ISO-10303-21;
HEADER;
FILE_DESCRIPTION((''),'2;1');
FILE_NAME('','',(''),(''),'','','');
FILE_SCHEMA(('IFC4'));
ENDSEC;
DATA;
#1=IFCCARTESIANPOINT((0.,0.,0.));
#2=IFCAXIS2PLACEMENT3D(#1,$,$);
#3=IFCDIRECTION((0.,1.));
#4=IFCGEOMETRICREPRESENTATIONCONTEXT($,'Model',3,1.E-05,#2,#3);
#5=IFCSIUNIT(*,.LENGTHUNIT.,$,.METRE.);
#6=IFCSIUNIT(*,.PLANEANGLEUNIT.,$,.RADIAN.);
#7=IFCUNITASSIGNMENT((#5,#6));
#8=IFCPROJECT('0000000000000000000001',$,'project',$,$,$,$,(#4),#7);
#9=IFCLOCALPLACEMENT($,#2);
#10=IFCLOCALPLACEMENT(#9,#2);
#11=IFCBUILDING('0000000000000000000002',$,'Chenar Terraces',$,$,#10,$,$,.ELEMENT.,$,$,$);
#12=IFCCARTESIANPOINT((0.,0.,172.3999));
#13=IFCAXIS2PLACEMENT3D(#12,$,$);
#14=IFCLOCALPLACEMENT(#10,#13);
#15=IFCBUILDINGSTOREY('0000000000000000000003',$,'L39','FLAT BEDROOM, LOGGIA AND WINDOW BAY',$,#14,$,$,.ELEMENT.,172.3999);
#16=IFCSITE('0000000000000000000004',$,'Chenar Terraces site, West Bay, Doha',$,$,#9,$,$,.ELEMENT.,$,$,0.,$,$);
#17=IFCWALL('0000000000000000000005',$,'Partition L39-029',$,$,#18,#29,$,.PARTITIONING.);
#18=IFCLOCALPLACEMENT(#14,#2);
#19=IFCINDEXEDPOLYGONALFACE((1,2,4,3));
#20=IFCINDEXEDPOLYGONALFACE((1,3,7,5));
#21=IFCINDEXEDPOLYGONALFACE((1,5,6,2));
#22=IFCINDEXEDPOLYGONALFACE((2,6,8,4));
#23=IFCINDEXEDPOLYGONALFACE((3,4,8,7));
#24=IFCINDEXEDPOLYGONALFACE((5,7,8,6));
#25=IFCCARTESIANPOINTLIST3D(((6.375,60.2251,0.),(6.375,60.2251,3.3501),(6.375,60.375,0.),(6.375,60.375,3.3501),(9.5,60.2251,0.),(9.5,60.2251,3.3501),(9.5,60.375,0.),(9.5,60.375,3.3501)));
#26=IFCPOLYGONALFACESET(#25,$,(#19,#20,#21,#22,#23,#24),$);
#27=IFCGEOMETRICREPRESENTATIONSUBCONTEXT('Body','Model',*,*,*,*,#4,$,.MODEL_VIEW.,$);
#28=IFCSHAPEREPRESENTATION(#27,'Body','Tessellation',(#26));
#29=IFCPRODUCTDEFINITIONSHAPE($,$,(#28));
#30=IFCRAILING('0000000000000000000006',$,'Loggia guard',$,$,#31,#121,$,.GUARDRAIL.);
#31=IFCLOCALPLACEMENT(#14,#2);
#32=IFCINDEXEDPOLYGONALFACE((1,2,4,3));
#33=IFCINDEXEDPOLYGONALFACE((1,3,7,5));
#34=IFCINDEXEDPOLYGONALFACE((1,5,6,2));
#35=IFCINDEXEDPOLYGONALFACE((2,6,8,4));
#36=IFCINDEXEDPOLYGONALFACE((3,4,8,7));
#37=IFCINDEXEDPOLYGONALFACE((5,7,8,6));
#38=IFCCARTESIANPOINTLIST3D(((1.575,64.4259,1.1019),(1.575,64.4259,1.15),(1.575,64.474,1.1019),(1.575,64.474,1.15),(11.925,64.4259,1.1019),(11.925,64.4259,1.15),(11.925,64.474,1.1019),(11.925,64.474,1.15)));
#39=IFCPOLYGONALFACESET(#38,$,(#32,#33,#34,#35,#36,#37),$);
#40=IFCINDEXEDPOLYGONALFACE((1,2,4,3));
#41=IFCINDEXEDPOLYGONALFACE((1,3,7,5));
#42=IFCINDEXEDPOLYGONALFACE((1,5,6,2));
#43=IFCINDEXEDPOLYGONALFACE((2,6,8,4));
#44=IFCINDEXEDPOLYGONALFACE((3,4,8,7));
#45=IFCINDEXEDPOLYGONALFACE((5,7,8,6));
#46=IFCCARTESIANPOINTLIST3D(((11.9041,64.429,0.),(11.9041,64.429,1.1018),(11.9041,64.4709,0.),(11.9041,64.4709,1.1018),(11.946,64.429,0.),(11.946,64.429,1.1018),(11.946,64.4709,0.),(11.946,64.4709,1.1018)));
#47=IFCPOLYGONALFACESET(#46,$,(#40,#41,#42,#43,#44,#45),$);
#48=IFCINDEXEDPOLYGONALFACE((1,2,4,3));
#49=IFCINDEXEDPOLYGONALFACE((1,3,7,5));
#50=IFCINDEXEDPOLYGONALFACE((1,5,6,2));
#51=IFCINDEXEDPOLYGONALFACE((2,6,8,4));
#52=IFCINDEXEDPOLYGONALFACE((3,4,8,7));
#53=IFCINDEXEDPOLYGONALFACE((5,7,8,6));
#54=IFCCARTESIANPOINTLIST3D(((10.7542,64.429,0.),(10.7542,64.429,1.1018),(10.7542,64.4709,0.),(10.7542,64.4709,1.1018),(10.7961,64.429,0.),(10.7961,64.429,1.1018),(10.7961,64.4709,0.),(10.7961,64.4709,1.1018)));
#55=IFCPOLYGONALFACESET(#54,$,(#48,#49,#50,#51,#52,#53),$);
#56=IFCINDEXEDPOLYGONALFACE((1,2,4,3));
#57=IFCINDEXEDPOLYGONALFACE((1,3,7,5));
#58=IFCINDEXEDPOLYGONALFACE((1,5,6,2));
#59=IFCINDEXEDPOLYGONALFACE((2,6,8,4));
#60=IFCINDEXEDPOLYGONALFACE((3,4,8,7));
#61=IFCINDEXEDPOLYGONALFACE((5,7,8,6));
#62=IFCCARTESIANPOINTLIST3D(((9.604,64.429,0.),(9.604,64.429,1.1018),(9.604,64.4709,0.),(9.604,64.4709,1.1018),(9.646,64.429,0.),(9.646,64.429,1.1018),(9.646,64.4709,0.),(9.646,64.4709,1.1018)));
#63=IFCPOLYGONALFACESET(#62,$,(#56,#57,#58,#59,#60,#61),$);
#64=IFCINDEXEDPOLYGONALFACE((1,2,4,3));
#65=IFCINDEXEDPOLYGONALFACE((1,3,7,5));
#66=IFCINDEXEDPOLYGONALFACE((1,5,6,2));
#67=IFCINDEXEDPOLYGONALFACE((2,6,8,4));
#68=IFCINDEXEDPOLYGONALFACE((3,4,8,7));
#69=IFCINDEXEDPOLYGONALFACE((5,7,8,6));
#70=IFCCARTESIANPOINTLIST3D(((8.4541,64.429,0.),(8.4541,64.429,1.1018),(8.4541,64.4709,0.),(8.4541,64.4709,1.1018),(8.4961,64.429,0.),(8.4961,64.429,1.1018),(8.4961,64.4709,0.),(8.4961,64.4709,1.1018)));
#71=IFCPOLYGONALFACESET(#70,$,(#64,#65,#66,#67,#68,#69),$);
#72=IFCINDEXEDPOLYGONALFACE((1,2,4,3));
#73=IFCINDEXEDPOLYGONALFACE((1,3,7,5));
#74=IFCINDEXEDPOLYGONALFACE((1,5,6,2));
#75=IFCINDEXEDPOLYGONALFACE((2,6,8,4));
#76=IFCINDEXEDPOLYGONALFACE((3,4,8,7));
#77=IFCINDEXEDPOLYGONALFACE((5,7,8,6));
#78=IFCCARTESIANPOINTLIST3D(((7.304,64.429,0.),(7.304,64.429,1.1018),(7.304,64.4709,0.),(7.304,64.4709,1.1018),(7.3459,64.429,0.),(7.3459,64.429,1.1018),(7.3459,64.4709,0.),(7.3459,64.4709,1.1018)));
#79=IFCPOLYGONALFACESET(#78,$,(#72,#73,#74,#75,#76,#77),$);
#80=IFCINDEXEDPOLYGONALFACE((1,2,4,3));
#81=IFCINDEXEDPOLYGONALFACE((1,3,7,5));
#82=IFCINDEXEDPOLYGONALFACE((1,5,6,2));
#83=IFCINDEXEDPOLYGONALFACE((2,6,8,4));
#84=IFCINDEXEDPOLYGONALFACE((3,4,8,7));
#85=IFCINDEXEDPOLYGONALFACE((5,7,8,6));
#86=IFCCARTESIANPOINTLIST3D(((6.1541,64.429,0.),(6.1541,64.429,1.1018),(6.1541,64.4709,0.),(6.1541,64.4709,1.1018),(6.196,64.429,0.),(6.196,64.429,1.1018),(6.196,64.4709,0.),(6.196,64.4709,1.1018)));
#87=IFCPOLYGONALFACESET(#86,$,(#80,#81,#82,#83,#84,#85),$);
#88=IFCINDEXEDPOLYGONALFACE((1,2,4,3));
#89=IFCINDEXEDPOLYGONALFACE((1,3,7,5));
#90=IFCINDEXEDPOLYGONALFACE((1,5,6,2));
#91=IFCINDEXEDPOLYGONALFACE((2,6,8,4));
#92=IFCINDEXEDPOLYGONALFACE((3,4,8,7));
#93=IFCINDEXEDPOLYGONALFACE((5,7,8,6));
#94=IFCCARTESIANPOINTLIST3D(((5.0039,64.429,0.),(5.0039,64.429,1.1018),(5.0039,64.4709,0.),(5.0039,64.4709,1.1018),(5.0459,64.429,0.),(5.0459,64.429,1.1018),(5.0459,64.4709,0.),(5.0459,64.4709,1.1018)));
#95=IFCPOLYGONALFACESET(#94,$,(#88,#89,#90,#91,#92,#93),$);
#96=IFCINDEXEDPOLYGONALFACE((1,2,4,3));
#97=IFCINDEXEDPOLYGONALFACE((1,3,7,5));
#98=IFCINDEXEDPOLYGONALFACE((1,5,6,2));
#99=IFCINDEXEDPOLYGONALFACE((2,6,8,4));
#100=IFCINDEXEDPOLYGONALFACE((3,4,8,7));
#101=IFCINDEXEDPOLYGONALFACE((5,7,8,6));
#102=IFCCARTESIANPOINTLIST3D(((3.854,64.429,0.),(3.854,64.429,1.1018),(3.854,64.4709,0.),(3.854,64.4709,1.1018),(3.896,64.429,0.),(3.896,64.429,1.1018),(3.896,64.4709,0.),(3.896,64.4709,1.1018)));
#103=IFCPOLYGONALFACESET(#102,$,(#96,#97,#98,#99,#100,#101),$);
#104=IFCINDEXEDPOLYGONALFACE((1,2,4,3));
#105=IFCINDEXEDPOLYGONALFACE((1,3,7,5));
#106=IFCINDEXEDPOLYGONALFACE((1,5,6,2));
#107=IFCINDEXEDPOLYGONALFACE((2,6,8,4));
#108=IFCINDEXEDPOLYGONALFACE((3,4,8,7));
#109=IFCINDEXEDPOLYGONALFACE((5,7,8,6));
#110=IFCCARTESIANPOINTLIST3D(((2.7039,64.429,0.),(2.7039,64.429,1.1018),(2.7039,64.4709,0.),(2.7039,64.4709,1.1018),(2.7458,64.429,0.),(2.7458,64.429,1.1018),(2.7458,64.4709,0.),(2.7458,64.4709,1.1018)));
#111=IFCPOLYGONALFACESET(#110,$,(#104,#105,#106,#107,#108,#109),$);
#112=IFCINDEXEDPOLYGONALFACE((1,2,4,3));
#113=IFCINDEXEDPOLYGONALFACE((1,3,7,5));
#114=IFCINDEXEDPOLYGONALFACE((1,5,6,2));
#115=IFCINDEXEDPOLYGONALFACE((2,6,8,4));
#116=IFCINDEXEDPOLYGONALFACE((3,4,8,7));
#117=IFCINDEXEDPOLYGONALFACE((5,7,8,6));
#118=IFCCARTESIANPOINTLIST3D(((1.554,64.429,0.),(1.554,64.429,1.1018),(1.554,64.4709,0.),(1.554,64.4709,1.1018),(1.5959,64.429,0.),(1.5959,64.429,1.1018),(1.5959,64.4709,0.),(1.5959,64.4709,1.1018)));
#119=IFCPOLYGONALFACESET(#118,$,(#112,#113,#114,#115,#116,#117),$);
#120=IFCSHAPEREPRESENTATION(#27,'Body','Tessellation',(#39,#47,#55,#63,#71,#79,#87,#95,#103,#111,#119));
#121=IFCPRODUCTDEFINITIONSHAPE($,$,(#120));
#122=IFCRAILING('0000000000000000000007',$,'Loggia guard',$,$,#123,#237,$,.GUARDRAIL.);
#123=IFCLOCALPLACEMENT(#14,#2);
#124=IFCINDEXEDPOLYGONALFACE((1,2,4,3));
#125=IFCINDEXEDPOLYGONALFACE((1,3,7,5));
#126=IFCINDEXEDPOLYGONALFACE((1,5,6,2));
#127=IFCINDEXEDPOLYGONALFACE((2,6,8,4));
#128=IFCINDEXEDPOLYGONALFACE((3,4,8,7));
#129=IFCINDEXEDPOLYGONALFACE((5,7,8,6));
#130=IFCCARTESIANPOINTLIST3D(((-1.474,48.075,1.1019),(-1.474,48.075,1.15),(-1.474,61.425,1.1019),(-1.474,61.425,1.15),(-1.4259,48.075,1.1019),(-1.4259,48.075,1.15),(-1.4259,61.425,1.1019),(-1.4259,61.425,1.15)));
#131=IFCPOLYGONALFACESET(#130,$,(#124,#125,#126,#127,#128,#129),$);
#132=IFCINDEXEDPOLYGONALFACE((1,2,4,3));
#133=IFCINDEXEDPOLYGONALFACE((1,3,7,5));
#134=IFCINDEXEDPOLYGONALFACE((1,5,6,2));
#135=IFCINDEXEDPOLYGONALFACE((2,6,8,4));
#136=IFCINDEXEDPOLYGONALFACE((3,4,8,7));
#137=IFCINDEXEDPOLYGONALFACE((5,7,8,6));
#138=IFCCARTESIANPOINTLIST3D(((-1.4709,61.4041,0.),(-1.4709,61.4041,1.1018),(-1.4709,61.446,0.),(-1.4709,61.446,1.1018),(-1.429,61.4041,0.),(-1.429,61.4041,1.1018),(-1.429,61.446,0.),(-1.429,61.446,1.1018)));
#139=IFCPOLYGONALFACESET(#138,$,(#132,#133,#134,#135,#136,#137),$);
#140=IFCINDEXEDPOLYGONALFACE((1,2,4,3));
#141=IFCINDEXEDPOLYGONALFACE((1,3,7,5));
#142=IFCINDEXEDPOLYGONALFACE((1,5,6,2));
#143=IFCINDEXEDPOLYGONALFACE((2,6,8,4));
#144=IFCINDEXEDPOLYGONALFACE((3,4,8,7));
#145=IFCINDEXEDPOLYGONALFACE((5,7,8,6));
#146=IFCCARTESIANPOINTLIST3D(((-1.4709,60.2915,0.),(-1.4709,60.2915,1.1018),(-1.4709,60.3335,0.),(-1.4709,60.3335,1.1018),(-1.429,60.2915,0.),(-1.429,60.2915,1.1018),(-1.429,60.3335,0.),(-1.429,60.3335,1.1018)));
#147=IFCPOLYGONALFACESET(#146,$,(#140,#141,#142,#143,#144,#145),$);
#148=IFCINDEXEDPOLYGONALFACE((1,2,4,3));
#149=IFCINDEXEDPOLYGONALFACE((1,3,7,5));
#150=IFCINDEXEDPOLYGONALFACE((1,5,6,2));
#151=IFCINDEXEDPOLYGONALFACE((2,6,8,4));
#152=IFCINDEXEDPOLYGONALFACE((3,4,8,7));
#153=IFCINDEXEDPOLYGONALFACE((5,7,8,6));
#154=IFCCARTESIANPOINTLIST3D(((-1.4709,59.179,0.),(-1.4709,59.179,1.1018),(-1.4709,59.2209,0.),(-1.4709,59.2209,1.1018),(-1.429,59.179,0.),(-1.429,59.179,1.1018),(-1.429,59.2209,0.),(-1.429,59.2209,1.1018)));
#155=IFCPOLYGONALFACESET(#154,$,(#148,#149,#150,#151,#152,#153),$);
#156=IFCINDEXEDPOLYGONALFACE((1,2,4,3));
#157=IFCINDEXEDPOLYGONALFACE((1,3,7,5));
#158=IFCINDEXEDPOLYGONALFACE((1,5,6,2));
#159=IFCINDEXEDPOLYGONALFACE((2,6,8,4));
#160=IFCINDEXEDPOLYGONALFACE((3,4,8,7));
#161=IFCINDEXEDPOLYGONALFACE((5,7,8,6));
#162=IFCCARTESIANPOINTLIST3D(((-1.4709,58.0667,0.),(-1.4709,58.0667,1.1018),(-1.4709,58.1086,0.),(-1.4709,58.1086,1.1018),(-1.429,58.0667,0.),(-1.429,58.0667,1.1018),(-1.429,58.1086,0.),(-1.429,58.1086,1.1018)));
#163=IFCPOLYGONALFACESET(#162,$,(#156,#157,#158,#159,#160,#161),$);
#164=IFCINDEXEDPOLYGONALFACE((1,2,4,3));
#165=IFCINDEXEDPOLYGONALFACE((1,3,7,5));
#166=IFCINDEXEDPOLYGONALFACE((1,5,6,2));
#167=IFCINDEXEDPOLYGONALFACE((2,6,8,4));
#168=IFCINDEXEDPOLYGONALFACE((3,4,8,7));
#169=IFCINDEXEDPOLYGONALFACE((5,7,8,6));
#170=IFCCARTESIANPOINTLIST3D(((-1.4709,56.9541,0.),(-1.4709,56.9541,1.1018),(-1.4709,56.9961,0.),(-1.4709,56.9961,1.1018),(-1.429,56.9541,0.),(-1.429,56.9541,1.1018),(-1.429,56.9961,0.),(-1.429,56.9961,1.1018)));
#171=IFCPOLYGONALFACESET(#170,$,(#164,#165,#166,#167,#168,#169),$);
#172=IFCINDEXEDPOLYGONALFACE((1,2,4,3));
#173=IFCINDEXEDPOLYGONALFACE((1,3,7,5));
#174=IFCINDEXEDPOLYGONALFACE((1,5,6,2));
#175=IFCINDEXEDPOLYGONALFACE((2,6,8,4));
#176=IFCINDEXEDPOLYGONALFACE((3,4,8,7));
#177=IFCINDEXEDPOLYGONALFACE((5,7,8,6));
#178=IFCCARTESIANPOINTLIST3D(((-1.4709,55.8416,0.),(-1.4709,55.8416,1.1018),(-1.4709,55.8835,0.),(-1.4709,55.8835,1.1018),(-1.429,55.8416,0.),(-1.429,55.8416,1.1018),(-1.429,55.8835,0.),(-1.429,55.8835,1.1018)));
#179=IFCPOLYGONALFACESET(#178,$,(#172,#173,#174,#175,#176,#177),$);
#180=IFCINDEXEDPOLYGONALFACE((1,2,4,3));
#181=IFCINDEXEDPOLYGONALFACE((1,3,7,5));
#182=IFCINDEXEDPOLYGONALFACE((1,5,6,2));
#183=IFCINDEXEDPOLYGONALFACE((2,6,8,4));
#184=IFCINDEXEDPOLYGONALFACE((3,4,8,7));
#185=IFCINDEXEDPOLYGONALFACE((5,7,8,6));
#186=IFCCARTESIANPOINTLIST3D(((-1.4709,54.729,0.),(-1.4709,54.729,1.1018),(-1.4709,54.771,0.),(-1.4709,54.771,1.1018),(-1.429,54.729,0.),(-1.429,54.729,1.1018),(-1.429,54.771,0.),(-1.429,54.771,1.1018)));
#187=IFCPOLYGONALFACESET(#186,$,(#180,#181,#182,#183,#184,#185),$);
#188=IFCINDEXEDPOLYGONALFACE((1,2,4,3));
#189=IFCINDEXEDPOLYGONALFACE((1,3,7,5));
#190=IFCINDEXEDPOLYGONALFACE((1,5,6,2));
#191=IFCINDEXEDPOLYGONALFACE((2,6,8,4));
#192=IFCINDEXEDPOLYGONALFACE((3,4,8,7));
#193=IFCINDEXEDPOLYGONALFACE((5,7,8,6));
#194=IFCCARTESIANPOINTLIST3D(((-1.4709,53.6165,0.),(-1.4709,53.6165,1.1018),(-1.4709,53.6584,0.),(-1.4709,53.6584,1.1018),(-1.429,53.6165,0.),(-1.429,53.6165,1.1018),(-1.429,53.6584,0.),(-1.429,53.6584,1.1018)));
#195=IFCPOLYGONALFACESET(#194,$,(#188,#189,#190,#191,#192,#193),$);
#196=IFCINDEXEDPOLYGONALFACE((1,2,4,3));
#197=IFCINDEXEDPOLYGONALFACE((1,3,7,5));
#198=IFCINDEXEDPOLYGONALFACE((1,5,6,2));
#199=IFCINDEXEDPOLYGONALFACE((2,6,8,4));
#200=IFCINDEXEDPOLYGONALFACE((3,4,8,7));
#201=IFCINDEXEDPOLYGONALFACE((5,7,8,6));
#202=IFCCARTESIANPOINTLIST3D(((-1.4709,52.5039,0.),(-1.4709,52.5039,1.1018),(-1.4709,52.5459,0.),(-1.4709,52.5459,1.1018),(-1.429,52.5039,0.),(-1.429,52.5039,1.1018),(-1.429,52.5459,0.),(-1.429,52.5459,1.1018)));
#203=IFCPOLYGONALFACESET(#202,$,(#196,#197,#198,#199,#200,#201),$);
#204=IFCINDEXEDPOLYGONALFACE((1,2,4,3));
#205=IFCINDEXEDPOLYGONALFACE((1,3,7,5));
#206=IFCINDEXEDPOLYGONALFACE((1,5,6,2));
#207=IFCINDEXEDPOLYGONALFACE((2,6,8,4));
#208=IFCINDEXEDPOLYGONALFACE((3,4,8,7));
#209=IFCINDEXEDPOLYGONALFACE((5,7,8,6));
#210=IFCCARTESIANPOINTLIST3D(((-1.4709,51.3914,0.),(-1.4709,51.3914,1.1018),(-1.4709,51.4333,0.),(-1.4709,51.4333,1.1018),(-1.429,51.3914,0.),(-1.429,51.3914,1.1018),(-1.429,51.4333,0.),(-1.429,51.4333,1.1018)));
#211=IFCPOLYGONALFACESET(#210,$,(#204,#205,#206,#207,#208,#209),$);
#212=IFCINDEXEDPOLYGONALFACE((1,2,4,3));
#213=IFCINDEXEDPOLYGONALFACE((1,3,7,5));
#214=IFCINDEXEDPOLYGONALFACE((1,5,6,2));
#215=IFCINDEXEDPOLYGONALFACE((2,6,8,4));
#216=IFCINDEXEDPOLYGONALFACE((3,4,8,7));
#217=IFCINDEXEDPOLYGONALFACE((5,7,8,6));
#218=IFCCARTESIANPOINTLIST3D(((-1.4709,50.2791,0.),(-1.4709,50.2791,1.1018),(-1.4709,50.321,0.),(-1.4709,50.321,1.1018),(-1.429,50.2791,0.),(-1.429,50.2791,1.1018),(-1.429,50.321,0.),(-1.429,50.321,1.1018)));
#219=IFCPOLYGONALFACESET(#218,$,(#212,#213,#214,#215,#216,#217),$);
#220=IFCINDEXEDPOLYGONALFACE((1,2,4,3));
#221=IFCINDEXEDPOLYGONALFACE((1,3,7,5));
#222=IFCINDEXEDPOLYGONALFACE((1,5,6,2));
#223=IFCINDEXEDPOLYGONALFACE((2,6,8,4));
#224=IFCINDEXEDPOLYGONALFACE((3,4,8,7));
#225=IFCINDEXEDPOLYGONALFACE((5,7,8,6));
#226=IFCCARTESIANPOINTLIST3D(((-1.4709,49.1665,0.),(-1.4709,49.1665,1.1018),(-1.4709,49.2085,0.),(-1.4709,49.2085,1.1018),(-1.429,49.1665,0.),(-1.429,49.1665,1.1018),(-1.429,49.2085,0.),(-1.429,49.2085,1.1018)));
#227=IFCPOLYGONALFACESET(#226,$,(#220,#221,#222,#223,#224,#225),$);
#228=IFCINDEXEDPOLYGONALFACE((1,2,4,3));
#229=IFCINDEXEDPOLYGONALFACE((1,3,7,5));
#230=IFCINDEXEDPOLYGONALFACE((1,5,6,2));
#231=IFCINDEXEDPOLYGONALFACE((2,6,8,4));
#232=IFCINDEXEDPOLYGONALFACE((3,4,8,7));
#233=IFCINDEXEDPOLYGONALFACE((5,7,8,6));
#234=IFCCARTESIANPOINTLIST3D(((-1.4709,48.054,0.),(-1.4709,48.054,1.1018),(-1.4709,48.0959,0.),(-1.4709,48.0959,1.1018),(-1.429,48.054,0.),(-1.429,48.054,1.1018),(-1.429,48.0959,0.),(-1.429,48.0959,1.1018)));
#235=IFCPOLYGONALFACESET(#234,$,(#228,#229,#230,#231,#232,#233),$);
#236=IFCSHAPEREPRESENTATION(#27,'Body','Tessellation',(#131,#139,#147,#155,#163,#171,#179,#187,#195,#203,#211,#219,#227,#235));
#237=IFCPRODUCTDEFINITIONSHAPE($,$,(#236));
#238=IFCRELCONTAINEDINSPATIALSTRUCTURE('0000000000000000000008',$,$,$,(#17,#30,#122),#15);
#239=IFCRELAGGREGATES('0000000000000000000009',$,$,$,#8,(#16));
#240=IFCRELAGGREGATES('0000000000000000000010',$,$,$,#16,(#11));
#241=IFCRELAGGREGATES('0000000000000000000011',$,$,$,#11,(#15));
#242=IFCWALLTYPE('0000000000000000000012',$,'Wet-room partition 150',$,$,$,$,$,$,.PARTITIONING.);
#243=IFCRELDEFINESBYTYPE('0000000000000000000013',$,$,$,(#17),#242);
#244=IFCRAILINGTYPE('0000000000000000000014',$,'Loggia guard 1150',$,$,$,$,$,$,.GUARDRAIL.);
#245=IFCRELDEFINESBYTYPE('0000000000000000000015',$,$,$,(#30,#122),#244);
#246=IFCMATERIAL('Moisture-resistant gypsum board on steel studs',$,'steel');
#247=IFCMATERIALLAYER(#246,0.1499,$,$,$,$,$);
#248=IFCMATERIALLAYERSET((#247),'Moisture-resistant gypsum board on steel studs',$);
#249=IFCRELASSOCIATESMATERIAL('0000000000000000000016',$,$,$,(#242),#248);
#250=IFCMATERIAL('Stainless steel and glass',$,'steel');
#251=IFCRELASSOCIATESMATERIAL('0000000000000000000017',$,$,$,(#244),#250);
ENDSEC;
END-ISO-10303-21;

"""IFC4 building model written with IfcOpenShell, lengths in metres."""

from ifc_helpers import new_model, si_unit, direction, frame, frame_2d, origin, origin_2d, place, context, subcontext, project, spatial, rectangle, extrude, material, layer, layer_set, type_object, element, save


model = new_model("IFC4")

# Units and contexts
model_context = context("Model", 3, precision=1e-05, world=origin(), true_north=direction((0.0, 1.0)))
body_context = subcontext(model_context, "Body", "Model", "MODEL_VIEW")
ifc_project = project(units=[si_unit("LENGTHUNIT", "METRE"), si_unit("PLANEANGLEUNIT", "RADIAN")], contexts=[model_context])

# Site, building, storey
site_placement = place(None, origin())
site = spatial("IfcSite", under=ifc_project, at=site_placement, Name="Chenar Terraces site, West Bay, Doha", CompositionType="ELEMENT", RefElevation=0.0)
building_placement = place(site_placement, origin())
building = spatial("IfcBuilding", under=site, at=building_placement, Name="Chenar Terraces", CompositionType="ELEMENT")
storey_placement = place(building_placement, frame((0.0, 0.0, 172.3999)))
storey = spatial("IfcBuildingStorey", under=building, at=storey_placement, Name="L39", Description="FLAT BEDROOM, LOGGIA AND WINDOW BAY", CompositionType="ELEMENT", Elevation=172.3999)

# Shared definitions
ifc_material_1 = material(Name="Moisture-resistant gypsum board on steel studs", Category="steel")
ifc_layer_1 = layer(ifc_material_1, 0.1499)
ifc_layer_set_1 = layer_set([ifc_layer_1], Name="Moisture-resistant gypsum board on steel studs")
wall_type_1 = type_object("IfcWallType", Name="Wet-room partition 150", PredefinedType="PARTITIONING", material=ifc_layer_set_1)

# Wall
for number, where, z_axis, x_axis, name in (
    (1, (6.375, 60.3, 0.0), (0.0, 0.0, 1.0), (1.0, 0.0, 0.0), "Partition L39-029"),
):
    element("IfcWall", number, at=place(storey_placement, frame(where, z_axis=z_axis, x_axis=x_axis)), inside=storey, type_object=wall_type_1, Name=name, PredefinedType="PARTITIONING", context=body_context, shape_type="SweptSolid", body=[
        extrude(rectangle(XDim=3.125, YDim=0.1499, at=frame_2d((1.5625, 0.0))), origin(), (0.0, 0.0, 1.0), 3.3501),
    ])

# Railings
ifc_material_2 = material(Name="Stainless steel and glass", Category="steel")
railing_type = type_object("IfcRailingType", Name="Loggia guard 1150", PredefinedType="GUARDRAIL", material=ifc_material_2)
railing_1_placement = place(storey_placement, frame((11.925, 64.45, 0.0)))
element("IfcRailing", 2, at=railing_1_placement, inside=storey, type_object=railing_type, Name="Loggia guard", PredefinedType="GUARDRAIL", context=body_context, shape_type="SweptSolid", body=[
    extrude(rectangle(XDim=0.0481, YDim=0.0481, at=origin_2d()), frame((0.0, 0.0, 1.126), z_axis=(-1.0, 0.0, 0.0), x_axis=(0.0, -1.0, 0.0)), (0.0, 0.0, 1.0), 10.3501),
    extrude(rectangle(XDim=0.042, YDim=0.042, at=origin_2d()), origin(), (0.0, 0.0, 1.0), 1.1018),
    extrude(rectangle(XDim=0.042, YDim=0.042, at=origin_2d()), frame((-1.1499, 0.0, 0.0)), (0.0, 0.0, 1.0), 1.1018),
    extrude(rectangle(XDim=0.042, YDim=0.042, at=origin_2d()), frame((-2.3, 0.0, 0.0)), (0.0, 0.0, 1.0), 1.1018),
    extrude(rectangle(XDim=0.042, YDim=0.042, at=origin_2d()), frame((-3.45, 0.0, 0.0)), (0.0, 0.0, 1.0), 1.1018),
    extrude(rectangle(XDim=0.042, YDim=0.042, at=origin_2d()), frame((-4.6001, 0.0, 0.0)), (0.0, 0.0, 1.0), 1.1018),
    extrude(rectangle(XDim=0.042, YDim=0.042, at=origin_2d()), frame((-5.75, 0.0, 0.0)), (0.0, 0.0, 1.0), 1.1018),
    extrude(rectangle(XDim=0.042, YDim=0.042, at=origin_2d()), frame((-6.9001, 0.0, 0.0)), (0.0, 0.0, 1.0), 1.1018),
    extrude(rectangle(XDim=0.042, YDim=0.042, at=origin_2d()), frame((-8.05, 0.0, 0.0)), (0.0, 0.0, 1.0), 1.1018),
    extrude(rectangle(XDim=0.042, YDim=0.042, at=origin_2d()), frame((-9.2002, 0.0, 0.0)), (0.0, 0.0, 1.0), 1.1018),
    extrude(rectangle(XDim=0.042, YDim=0.042, at=origin_2d()), frame((-10.3501, 0.0, 0.0)), (0.0, 0.0, 1.0), 1.1018),
])
railing_2_placement = place(storey_placement, frame((-1.45, 61.425, 0.0)))
element("IfcRailing", 3, at=railing_2_placement, inside=storey, type_object=railing_type, Name="Loggia guard", PredefinedType="GUARDRAIL", context=body_context, shape_type="SweptSolid", body=[
    extrude(rectangle(XDim=0.0481, YDim=0.0481, at=origin_2d()), frame((0.0, 0.0, 1.126), z_axis=(0.0, -1.0, 0.0), x_axis=(1.0, 0.0, 0.0)), (0.0, 0.0, 1.0), 13.3501),
    extrude(rectangle(XDim=0.042, YDim=0.042, at=origin_2d()), origin(), (0.0, 0.0, 1.0), 1.1018),
    extrude(rectangle(XDim=0.042, YDim=0.042, at=origin_2d()), frame((0.0, -1.1125, 0.0)), (0.0, 0.0, 1.0), 1.1018),
    extrude(rectangle(XDim=0.042, YDim=0.042, at=origin_2d()), frame((0.0, -2.2251, 0.0)), (0.0, 0.0, 1.0), 1.1018),
    extrude(rectangle(XDim=0.042, YDim=0.042, at=origin_2d()), frame((0.0, -3.3374, 0.0)), (0.0, 0.0, 1.0), 1.1018),
    extrude(rectangle(XDim=0.042, YDim=0.042, at=origin_2d()), frame((0.0, -4.45, 0.0)), (0.0, 0.0, 1.0), 1.1018),
    extrude(rectangle(XDim=0.042, YDim=0.042, at=origin_2d()), frame((0.0, -5.5625, 0.0)), (0.0, 0.0, 1.0), 1.1018),
    extrude(rectangle(XDim=0.042, YDim=0.042, at=origin_2d()), frame((0.0, -6.675, 0.0)), (0.0, 0.0, 1.0), 1.1018),
    extrude(rectangle(XDim=0.042, YDim=0.042, at=origin_2d()), frame((0.0, -7.7876, 0.0)), (0.0, 0.0, 1.0), 1.1018),
    extrude(rectangle(XDim=0.042, YDim=0.042, at=origin_2d()), frame((0.0, -8.9001, 0.0)), (0.0, 0.0, 1.0), 1.1018),
    extrude(rectangle(XDim=0.042, YDim=0.042, at=origin_2d()), frame((0.0, -10.0127, 0.0)), (0.0, 0.0, 1.0), 1.1018),
    extrude(rectangle(XDim=0.042, YDim=0.042, at=origin_2d()), frame((0.0, -11.125, 0.0)), (0.0, 0.0, 1.0), 1.1018),
    extrude(rectangle(XDim=0.042, YDim=0.042, at=origin_2d()), frame((0.0, -12.2375, 0.0)), (0.0, 0.0, 1.0), 1.1018),
    extrude(rectangle(XDim=0.042, YDim=0.042, at=origin_2d()), frame((0.0, -13.3501, 0.0)), (0.0, 0.0, 1.0), 1.1018),
])

save(model, "model.ifc")
